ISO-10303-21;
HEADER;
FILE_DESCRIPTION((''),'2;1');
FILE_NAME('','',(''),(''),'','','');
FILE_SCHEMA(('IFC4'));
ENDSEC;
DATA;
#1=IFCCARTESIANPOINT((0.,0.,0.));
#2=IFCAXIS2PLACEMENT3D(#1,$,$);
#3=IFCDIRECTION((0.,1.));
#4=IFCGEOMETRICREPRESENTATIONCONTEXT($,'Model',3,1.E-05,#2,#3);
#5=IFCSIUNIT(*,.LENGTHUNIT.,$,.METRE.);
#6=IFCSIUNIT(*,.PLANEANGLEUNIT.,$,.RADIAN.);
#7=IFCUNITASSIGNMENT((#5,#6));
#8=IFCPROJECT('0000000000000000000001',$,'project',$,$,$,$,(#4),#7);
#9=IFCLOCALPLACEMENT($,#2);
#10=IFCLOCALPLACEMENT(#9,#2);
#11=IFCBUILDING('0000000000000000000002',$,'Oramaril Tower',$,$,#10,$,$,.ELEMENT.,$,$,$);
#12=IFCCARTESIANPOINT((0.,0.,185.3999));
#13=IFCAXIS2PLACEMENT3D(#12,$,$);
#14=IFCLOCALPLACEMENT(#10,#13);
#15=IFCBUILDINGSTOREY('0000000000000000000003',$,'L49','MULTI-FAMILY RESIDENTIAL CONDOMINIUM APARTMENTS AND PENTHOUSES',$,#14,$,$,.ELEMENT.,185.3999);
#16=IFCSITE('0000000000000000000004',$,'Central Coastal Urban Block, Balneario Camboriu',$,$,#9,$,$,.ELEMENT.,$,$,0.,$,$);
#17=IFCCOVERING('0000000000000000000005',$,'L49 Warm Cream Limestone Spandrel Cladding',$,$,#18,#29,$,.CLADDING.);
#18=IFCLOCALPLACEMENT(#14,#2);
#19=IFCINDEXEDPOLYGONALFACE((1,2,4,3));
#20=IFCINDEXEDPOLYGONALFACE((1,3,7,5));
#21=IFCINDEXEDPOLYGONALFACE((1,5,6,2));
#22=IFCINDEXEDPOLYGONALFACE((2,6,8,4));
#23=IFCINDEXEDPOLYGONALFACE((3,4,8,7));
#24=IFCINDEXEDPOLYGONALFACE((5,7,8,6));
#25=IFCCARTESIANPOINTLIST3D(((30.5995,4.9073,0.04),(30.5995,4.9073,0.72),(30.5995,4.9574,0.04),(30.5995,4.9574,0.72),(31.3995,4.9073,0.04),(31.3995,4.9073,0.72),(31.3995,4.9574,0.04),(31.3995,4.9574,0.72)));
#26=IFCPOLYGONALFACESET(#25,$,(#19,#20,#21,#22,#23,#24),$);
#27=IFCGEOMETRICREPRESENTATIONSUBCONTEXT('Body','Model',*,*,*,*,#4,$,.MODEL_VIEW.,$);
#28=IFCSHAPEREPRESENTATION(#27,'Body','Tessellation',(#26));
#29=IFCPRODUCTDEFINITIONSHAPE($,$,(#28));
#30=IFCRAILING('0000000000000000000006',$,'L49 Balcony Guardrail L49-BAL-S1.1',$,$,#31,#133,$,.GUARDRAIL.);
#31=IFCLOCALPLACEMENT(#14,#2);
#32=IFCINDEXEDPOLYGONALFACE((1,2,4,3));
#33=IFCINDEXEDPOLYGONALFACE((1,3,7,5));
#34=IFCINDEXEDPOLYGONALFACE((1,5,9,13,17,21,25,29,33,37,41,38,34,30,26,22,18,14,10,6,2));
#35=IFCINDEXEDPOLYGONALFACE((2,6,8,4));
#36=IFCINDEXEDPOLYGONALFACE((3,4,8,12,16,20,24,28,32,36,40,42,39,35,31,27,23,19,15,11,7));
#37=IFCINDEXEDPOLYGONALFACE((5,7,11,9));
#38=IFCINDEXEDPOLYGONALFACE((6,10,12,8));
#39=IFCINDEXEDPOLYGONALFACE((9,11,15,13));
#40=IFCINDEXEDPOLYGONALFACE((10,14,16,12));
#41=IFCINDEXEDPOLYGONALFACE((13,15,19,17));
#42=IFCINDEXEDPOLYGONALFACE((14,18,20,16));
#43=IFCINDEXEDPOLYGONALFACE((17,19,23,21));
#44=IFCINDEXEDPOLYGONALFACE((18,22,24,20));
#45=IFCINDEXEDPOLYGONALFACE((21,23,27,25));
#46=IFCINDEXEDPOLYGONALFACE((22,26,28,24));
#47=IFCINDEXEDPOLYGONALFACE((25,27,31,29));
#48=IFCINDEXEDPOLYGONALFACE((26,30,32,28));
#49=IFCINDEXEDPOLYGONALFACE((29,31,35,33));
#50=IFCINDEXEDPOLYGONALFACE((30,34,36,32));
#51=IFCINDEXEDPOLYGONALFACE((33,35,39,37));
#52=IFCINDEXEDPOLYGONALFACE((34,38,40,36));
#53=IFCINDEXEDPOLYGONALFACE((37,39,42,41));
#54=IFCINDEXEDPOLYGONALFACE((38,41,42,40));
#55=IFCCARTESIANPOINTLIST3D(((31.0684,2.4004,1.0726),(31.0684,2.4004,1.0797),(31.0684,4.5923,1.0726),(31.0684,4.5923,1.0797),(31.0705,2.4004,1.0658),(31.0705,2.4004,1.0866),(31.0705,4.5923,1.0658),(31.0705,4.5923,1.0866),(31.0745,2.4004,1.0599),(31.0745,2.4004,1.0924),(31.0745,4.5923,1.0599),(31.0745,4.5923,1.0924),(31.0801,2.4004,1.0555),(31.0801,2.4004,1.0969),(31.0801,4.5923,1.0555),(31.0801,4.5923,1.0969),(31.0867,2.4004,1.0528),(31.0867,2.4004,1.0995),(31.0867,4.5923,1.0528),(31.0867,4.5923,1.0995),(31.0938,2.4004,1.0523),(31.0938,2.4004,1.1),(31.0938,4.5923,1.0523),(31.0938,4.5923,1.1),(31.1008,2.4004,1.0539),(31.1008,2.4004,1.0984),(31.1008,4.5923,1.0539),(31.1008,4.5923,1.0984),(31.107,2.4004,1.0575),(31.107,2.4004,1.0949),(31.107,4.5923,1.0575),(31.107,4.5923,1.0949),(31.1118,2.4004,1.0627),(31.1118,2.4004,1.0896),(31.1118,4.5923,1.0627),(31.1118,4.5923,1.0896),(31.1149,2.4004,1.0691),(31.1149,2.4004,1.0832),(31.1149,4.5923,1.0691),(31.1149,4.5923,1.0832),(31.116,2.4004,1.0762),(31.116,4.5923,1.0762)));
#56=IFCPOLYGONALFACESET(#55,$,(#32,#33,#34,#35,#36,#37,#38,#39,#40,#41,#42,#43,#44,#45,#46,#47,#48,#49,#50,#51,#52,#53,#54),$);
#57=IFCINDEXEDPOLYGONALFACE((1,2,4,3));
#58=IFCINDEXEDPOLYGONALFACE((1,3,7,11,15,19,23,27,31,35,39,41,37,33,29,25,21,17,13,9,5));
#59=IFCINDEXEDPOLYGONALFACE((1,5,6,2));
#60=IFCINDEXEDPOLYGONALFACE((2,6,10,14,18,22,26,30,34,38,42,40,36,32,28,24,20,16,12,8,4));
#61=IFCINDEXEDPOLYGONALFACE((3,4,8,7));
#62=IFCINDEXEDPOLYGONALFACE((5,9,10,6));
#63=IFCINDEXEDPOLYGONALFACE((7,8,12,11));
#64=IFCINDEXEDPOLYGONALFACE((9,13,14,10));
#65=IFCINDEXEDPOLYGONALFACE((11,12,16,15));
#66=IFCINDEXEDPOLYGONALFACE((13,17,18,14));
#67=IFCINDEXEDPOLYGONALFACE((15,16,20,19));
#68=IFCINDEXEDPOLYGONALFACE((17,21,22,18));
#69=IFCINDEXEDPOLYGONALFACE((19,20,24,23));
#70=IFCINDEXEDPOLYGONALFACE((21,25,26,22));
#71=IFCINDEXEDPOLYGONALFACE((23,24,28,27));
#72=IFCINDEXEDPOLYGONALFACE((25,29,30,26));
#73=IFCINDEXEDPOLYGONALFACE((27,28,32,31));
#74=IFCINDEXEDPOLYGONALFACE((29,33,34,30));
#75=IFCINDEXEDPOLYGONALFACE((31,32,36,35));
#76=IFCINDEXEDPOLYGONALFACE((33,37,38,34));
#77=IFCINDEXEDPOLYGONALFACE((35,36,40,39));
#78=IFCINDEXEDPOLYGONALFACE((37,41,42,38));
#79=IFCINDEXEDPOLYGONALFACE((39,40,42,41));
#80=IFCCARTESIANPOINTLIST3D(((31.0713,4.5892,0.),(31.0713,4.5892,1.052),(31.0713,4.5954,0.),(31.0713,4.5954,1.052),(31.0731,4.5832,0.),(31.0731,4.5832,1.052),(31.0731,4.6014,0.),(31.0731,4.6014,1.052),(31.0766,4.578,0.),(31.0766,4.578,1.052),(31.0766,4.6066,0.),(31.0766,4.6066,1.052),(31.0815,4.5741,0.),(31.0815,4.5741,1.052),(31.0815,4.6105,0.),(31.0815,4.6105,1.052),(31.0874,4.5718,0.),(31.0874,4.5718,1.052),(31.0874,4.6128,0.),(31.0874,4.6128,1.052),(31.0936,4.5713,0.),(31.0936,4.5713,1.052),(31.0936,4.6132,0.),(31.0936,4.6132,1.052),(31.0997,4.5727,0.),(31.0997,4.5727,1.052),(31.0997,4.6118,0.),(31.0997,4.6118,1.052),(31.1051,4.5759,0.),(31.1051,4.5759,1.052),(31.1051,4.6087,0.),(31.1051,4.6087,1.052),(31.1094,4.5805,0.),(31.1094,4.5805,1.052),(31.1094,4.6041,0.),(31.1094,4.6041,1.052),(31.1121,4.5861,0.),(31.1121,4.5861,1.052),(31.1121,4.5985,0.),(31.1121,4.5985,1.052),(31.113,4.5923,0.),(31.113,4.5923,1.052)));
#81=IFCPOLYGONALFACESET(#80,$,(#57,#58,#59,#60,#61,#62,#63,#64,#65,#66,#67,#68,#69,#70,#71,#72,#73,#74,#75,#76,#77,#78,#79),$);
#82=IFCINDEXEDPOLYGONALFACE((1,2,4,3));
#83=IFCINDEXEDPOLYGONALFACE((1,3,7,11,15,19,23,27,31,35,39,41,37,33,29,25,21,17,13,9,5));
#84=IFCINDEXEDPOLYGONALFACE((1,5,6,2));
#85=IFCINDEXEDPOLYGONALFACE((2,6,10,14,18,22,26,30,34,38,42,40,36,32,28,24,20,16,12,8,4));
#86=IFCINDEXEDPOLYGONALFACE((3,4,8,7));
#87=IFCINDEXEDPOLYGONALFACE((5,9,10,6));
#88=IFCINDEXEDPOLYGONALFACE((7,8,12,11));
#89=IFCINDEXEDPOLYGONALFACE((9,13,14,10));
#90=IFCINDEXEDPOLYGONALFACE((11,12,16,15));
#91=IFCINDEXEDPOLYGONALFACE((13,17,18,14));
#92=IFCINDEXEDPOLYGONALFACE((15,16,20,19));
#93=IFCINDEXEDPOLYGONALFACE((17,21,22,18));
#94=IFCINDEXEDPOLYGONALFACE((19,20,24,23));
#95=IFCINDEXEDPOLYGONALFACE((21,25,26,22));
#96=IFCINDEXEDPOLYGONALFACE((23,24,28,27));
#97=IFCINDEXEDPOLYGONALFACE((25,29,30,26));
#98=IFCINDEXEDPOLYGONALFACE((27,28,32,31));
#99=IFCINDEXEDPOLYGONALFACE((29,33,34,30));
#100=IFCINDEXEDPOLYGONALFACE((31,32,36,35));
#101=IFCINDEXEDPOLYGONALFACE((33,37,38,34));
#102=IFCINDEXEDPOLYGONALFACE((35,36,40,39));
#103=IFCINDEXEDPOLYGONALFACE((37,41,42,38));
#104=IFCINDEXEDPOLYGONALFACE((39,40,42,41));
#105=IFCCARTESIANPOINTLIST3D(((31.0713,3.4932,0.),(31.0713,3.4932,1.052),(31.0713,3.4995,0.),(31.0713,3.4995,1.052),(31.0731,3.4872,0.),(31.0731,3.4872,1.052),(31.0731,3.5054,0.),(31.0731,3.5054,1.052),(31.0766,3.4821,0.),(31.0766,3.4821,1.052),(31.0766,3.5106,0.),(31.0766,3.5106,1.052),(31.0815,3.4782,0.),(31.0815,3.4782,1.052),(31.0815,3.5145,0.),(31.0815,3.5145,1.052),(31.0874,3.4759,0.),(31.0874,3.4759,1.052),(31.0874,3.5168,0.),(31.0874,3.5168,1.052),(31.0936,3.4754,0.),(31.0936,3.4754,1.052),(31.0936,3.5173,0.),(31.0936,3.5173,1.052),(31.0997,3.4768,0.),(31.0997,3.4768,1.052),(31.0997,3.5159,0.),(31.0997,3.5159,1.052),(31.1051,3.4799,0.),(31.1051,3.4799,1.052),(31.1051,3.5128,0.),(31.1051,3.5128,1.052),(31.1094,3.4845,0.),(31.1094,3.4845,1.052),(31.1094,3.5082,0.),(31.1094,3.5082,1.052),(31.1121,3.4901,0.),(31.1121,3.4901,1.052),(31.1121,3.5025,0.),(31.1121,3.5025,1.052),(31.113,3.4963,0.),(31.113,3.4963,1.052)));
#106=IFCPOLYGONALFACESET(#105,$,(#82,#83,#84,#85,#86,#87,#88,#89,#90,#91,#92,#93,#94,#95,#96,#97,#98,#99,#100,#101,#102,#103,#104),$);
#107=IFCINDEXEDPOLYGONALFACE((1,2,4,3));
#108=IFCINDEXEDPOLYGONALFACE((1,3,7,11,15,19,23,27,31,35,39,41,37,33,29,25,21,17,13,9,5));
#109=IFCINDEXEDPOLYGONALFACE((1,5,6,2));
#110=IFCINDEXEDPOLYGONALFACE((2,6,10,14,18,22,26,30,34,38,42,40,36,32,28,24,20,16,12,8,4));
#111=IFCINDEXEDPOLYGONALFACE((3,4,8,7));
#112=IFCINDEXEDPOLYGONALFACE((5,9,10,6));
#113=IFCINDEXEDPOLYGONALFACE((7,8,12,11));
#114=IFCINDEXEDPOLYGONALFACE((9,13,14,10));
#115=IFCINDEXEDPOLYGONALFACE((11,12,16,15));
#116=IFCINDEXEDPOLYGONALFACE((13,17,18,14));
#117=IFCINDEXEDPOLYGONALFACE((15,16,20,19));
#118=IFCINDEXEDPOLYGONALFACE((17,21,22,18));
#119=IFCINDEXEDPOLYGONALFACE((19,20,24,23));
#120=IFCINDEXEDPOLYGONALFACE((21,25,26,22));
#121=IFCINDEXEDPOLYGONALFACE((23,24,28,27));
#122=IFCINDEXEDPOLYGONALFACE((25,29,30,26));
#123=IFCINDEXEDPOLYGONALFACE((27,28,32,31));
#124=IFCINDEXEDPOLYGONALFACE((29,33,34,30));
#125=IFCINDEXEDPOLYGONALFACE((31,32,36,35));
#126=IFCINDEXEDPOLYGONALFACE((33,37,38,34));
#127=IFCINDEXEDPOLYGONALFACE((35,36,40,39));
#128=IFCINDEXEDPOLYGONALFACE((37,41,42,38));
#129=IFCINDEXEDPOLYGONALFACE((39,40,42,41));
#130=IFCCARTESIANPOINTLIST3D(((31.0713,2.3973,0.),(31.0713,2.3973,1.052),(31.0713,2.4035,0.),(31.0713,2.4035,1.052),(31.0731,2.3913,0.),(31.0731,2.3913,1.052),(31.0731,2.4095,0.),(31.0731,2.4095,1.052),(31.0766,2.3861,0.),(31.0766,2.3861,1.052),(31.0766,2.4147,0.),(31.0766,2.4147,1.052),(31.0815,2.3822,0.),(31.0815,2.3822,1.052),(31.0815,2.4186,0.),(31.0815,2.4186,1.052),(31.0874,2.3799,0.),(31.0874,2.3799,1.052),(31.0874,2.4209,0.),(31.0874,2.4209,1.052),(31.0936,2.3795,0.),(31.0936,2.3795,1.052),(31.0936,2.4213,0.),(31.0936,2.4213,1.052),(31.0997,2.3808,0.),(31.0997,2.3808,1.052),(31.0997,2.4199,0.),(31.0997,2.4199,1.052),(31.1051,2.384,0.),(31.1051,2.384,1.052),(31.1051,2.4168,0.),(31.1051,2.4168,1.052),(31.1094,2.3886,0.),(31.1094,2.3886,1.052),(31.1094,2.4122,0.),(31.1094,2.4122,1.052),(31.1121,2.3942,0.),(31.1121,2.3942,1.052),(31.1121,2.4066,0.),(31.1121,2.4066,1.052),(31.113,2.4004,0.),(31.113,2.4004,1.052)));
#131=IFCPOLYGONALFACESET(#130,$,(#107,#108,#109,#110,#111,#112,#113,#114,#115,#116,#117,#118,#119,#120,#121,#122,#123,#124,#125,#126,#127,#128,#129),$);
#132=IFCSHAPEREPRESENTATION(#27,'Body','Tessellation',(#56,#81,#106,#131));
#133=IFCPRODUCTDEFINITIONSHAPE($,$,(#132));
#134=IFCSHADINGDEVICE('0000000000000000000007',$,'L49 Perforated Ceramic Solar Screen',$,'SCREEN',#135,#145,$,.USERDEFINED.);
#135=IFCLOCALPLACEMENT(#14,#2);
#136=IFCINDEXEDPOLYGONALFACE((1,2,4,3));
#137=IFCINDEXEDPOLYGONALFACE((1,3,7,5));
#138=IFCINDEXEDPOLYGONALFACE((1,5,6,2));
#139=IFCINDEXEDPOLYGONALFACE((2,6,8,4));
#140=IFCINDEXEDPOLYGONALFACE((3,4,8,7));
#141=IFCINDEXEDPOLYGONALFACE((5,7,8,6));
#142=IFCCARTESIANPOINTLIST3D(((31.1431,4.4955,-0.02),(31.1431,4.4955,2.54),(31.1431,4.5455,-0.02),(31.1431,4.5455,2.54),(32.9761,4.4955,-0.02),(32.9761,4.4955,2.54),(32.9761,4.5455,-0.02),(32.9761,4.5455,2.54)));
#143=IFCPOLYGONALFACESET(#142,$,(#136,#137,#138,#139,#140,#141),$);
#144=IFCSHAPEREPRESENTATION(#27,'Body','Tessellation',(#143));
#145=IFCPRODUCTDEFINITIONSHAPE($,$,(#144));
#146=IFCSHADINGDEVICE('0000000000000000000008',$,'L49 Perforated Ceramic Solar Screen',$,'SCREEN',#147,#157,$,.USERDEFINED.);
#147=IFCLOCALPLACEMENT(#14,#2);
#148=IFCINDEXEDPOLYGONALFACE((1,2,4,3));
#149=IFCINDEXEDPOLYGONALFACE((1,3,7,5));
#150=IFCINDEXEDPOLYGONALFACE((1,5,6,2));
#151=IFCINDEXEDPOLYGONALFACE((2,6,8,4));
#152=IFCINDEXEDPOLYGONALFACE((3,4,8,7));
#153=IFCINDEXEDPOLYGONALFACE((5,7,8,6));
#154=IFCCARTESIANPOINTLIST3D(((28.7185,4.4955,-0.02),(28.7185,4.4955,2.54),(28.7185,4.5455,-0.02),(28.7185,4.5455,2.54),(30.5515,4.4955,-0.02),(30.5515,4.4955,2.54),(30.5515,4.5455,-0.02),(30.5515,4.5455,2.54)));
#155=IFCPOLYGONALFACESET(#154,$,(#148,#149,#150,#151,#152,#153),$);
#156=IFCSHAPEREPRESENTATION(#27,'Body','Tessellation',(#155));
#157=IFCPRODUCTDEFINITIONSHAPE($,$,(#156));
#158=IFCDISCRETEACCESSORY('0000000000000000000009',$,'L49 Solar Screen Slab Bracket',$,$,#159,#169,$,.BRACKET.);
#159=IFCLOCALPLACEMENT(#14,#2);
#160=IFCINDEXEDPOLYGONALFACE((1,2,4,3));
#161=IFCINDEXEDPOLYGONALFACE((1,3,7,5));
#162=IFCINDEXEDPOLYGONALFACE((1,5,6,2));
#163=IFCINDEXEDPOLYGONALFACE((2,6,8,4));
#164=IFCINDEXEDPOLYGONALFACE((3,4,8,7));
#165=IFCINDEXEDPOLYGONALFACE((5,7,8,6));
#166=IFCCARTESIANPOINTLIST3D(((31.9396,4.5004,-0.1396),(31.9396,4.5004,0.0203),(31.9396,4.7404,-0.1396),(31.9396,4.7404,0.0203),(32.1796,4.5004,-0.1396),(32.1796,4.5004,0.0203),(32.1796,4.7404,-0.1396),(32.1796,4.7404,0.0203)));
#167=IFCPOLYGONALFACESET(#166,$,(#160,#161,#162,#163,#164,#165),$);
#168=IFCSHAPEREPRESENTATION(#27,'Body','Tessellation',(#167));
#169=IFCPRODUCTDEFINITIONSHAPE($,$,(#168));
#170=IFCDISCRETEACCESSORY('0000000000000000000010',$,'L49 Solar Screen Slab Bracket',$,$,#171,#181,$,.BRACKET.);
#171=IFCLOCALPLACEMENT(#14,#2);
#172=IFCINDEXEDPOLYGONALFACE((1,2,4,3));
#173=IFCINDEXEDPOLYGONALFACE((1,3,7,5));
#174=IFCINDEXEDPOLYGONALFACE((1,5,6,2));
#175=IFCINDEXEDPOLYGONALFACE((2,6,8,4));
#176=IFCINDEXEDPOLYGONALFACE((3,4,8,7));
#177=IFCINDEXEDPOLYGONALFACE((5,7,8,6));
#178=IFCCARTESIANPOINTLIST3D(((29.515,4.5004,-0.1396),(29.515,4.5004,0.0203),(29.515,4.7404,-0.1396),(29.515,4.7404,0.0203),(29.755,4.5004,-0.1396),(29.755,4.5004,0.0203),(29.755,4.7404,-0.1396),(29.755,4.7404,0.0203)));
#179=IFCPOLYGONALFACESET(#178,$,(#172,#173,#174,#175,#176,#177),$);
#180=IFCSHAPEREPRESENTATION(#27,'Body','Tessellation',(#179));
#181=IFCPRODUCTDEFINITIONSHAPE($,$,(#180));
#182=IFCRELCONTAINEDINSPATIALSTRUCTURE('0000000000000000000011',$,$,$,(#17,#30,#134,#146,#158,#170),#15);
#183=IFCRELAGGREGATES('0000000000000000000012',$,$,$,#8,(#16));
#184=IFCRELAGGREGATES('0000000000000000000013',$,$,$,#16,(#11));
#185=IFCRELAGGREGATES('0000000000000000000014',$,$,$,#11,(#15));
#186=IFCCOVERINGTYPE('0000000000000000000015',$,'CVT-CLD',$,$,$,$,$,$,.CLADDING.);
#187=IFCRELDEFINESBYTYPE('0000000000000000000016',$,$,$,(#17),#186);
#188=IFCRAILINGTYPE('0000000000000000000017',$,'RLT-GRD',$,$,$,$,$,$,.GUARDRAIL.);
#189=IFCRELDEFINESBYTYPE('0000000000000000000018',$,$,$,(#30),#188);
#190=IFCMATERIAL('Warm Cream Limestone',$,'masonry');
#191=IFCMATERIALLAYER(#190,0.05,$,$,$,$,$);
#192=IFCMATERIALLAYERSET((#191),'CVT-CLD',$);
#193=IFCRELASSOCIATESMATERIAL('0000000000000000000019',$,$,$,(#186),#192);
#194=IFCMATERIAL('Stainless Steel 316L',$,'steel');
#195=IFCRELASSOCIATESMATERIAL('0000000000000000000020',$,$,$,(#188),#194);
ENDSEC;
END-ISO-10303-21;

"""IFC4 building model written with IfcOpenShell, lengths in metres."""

from ifc_helpers import new_model, si_unit, direction, frame, origin, origin_2d, place, context, subcontext, project, spatial, rectangle, circle, extrude, material, layer, layer_set, type_object, element, save


model = new_model("IFC4")

# Units and contexts
model_context = context("Model", 3, precision=1e-05, world=origin(), true_north=direction((0.0, 1.0)))
body_context = subcontext(model_context, "Body", "Model", "MODEL_VIEW")
ifc_project = project(units=[si_unit("LENGTHUNIT", "METRE"), si_unit("PLANEANGLEUNIT", "RADIAN")], contexts=[model_context])

# Site, building, storey
site_placement = place(None, origin())
site = spatial("IfcSite", under=ifc_project, at=site_placement, Name="Central Coastal Urban Block, Balneario Camboriu", CompositionType="ELEMENT", RefElevation=0.0)
building_placement = place(site_placement, origin())
building = spatial("IfcBuilding", under=site, at=building_placement, Name="Oramaril Tower", CompositionType="ELEMENT")
storey_placement = place(building_placement, frame((0.0, 0.0, 185.3999)))
storey = spatial("IfcBuildingStorey", under=building, at=storey_placement, Name="L49", Description="MULTI-FAMILY RESIDENTIAL CONDOMINIUM APARTMENTS AND PENTHOUSES", CompositionType="ELEMENT", Elevation=185.3999)

# Covering
ifc_material_1 = material(Name="Warm Cream Limestone", Category="masonry")
ifc_layer_1 = layer(ifc_material_1, 0.05)
ifc_layer_set_1 = layer_set([ifc_layer_1], Name="CVT-CLD")
covering_type = type_object("IfcCoveringType", Name="CVT-CLD", PredefinedType="CLADDING", material=ifc_layer_set_1)
covering_placement = place(storey_placement, frame((30.9995, 4.9324, 0.04), z_axis=(0.0, 0.0, 1.0), x_axis=(1.0, 0.0, 0.0)))
element("IfcCovering", 1, at=covering_placement, inside=storey, type_object=covering_type, Name="L49 Warm Cream Limestone Spandrel Cladding", PredefinedType="CLADDING", context=body_context, shape_type="SweptSolid", body=[
    extrude(rectangle(XDim=0.8, YDim=0.05, at=origin_2d()), origin(), (0.0, 0.0, 1.0), 0.6799),
])

# Railing
ifc_material_2 = material(Name="Stainless Steel 316L", Category="steel")
railing_type = type_object("IfcRailingType", Name="RLT-GRD", PredefinedType="GUARDRAIL", material=ifc_material_2)
railing_1_placement = place(storey_placement, frame((31.092, 4.5923, 0.0)))
element("IfcRailing", 2, at=railing_1_placement, inside=storey, type_object=railing_type, Name="L49 Balcony Guardrail L49-BAL-S1.1", PredefinedType="GUARDRAIL", context=body_context, shape_type="SweptSolid", body=[
    extrude(circle(Radius=0.0239, at=origin_2d()), frame((0.0, 0.0, 1.0762), z_axis=(0.0, -1.0, 0.0), x_axis=(1.0, 0.0, 0.0)), (0.0, 0.0, 1.0), 2.1919),
    extrude(circle(Radius=0.021, at=origin_2d()), origin(), (0.0, 0.0, 1.0), 1.052),
    extrude(circle(Radius=0.021, at=origin_2d()), frame((0.0, -1.0959, 0.0)), (0.0, 0.0, 1.0), 1.052),
    extrude(circle(Radius=0.021, at=origin_2d()), frame((0.0, -2.1919, 0.0)), (0.0, 0.0, 1.0), 1.052),
])

# Shading devices
for number, where, z_axis, x_axis, name in (
    (3, (32.0596, 4.5205, -0.02), (0.0, 0.0, 1.0), (1.0, 0.0, 0.0), "L49 Perforated Ceramic Solar Screen"),
    (4, (29.635, 4.5205, -0.02), (0.0, 0.0, 1.0), (1.0, 0.0, 0.0), "L49 Perforated Ceramic Solar Screen"),
):
    element("IfcShadingDevice", number, at=place(storey_placement, frame(where, z_axis=z_axis, x_axis=x_axis)), inside=storey, Name=name, ObjectType="SCREEN", PredefinedType="USERDEFINED", context=body_context, shape_type="SweptSolid", body=[
        extrude(rectangle(XDim=1.833, YDim=0.05, at=origin_2d()), origin(), (0.0, 0.0, 1.0), 2.5601),
    ])

# Discrete accessories
for number, where, z_axis, x_axis, name in (
    (5, (32.0596, 4.6204, -0.1396), (0.0, 0.0, 1.0), (1.0, 0.0, 0.0), "L49 Solar Screen Slab Bracket"),
    (6, (29.635, 4.6204, -0.1396), (0.0, 0.0, 1.0), (1.0, 0.0, 0.0), "L49 Solar Screen Slab Bracket"),
):
    element("IfcDiscreteAccessory", number, at=place(storey_placement, frame(where, z_axis=z_axis, x_axis=x_axis)), inside=storey, Name=name, PredefinedType="BRACKET", context=body_context, shape_type="SweptSolid", body=[
        extrude(rectangle(XDim=0.24, YDim=0.24, at=origin_2d()), origin(), (0.0, 0.0, 1.0), 0.1599),
    ])

save(model, "model.ifc")
